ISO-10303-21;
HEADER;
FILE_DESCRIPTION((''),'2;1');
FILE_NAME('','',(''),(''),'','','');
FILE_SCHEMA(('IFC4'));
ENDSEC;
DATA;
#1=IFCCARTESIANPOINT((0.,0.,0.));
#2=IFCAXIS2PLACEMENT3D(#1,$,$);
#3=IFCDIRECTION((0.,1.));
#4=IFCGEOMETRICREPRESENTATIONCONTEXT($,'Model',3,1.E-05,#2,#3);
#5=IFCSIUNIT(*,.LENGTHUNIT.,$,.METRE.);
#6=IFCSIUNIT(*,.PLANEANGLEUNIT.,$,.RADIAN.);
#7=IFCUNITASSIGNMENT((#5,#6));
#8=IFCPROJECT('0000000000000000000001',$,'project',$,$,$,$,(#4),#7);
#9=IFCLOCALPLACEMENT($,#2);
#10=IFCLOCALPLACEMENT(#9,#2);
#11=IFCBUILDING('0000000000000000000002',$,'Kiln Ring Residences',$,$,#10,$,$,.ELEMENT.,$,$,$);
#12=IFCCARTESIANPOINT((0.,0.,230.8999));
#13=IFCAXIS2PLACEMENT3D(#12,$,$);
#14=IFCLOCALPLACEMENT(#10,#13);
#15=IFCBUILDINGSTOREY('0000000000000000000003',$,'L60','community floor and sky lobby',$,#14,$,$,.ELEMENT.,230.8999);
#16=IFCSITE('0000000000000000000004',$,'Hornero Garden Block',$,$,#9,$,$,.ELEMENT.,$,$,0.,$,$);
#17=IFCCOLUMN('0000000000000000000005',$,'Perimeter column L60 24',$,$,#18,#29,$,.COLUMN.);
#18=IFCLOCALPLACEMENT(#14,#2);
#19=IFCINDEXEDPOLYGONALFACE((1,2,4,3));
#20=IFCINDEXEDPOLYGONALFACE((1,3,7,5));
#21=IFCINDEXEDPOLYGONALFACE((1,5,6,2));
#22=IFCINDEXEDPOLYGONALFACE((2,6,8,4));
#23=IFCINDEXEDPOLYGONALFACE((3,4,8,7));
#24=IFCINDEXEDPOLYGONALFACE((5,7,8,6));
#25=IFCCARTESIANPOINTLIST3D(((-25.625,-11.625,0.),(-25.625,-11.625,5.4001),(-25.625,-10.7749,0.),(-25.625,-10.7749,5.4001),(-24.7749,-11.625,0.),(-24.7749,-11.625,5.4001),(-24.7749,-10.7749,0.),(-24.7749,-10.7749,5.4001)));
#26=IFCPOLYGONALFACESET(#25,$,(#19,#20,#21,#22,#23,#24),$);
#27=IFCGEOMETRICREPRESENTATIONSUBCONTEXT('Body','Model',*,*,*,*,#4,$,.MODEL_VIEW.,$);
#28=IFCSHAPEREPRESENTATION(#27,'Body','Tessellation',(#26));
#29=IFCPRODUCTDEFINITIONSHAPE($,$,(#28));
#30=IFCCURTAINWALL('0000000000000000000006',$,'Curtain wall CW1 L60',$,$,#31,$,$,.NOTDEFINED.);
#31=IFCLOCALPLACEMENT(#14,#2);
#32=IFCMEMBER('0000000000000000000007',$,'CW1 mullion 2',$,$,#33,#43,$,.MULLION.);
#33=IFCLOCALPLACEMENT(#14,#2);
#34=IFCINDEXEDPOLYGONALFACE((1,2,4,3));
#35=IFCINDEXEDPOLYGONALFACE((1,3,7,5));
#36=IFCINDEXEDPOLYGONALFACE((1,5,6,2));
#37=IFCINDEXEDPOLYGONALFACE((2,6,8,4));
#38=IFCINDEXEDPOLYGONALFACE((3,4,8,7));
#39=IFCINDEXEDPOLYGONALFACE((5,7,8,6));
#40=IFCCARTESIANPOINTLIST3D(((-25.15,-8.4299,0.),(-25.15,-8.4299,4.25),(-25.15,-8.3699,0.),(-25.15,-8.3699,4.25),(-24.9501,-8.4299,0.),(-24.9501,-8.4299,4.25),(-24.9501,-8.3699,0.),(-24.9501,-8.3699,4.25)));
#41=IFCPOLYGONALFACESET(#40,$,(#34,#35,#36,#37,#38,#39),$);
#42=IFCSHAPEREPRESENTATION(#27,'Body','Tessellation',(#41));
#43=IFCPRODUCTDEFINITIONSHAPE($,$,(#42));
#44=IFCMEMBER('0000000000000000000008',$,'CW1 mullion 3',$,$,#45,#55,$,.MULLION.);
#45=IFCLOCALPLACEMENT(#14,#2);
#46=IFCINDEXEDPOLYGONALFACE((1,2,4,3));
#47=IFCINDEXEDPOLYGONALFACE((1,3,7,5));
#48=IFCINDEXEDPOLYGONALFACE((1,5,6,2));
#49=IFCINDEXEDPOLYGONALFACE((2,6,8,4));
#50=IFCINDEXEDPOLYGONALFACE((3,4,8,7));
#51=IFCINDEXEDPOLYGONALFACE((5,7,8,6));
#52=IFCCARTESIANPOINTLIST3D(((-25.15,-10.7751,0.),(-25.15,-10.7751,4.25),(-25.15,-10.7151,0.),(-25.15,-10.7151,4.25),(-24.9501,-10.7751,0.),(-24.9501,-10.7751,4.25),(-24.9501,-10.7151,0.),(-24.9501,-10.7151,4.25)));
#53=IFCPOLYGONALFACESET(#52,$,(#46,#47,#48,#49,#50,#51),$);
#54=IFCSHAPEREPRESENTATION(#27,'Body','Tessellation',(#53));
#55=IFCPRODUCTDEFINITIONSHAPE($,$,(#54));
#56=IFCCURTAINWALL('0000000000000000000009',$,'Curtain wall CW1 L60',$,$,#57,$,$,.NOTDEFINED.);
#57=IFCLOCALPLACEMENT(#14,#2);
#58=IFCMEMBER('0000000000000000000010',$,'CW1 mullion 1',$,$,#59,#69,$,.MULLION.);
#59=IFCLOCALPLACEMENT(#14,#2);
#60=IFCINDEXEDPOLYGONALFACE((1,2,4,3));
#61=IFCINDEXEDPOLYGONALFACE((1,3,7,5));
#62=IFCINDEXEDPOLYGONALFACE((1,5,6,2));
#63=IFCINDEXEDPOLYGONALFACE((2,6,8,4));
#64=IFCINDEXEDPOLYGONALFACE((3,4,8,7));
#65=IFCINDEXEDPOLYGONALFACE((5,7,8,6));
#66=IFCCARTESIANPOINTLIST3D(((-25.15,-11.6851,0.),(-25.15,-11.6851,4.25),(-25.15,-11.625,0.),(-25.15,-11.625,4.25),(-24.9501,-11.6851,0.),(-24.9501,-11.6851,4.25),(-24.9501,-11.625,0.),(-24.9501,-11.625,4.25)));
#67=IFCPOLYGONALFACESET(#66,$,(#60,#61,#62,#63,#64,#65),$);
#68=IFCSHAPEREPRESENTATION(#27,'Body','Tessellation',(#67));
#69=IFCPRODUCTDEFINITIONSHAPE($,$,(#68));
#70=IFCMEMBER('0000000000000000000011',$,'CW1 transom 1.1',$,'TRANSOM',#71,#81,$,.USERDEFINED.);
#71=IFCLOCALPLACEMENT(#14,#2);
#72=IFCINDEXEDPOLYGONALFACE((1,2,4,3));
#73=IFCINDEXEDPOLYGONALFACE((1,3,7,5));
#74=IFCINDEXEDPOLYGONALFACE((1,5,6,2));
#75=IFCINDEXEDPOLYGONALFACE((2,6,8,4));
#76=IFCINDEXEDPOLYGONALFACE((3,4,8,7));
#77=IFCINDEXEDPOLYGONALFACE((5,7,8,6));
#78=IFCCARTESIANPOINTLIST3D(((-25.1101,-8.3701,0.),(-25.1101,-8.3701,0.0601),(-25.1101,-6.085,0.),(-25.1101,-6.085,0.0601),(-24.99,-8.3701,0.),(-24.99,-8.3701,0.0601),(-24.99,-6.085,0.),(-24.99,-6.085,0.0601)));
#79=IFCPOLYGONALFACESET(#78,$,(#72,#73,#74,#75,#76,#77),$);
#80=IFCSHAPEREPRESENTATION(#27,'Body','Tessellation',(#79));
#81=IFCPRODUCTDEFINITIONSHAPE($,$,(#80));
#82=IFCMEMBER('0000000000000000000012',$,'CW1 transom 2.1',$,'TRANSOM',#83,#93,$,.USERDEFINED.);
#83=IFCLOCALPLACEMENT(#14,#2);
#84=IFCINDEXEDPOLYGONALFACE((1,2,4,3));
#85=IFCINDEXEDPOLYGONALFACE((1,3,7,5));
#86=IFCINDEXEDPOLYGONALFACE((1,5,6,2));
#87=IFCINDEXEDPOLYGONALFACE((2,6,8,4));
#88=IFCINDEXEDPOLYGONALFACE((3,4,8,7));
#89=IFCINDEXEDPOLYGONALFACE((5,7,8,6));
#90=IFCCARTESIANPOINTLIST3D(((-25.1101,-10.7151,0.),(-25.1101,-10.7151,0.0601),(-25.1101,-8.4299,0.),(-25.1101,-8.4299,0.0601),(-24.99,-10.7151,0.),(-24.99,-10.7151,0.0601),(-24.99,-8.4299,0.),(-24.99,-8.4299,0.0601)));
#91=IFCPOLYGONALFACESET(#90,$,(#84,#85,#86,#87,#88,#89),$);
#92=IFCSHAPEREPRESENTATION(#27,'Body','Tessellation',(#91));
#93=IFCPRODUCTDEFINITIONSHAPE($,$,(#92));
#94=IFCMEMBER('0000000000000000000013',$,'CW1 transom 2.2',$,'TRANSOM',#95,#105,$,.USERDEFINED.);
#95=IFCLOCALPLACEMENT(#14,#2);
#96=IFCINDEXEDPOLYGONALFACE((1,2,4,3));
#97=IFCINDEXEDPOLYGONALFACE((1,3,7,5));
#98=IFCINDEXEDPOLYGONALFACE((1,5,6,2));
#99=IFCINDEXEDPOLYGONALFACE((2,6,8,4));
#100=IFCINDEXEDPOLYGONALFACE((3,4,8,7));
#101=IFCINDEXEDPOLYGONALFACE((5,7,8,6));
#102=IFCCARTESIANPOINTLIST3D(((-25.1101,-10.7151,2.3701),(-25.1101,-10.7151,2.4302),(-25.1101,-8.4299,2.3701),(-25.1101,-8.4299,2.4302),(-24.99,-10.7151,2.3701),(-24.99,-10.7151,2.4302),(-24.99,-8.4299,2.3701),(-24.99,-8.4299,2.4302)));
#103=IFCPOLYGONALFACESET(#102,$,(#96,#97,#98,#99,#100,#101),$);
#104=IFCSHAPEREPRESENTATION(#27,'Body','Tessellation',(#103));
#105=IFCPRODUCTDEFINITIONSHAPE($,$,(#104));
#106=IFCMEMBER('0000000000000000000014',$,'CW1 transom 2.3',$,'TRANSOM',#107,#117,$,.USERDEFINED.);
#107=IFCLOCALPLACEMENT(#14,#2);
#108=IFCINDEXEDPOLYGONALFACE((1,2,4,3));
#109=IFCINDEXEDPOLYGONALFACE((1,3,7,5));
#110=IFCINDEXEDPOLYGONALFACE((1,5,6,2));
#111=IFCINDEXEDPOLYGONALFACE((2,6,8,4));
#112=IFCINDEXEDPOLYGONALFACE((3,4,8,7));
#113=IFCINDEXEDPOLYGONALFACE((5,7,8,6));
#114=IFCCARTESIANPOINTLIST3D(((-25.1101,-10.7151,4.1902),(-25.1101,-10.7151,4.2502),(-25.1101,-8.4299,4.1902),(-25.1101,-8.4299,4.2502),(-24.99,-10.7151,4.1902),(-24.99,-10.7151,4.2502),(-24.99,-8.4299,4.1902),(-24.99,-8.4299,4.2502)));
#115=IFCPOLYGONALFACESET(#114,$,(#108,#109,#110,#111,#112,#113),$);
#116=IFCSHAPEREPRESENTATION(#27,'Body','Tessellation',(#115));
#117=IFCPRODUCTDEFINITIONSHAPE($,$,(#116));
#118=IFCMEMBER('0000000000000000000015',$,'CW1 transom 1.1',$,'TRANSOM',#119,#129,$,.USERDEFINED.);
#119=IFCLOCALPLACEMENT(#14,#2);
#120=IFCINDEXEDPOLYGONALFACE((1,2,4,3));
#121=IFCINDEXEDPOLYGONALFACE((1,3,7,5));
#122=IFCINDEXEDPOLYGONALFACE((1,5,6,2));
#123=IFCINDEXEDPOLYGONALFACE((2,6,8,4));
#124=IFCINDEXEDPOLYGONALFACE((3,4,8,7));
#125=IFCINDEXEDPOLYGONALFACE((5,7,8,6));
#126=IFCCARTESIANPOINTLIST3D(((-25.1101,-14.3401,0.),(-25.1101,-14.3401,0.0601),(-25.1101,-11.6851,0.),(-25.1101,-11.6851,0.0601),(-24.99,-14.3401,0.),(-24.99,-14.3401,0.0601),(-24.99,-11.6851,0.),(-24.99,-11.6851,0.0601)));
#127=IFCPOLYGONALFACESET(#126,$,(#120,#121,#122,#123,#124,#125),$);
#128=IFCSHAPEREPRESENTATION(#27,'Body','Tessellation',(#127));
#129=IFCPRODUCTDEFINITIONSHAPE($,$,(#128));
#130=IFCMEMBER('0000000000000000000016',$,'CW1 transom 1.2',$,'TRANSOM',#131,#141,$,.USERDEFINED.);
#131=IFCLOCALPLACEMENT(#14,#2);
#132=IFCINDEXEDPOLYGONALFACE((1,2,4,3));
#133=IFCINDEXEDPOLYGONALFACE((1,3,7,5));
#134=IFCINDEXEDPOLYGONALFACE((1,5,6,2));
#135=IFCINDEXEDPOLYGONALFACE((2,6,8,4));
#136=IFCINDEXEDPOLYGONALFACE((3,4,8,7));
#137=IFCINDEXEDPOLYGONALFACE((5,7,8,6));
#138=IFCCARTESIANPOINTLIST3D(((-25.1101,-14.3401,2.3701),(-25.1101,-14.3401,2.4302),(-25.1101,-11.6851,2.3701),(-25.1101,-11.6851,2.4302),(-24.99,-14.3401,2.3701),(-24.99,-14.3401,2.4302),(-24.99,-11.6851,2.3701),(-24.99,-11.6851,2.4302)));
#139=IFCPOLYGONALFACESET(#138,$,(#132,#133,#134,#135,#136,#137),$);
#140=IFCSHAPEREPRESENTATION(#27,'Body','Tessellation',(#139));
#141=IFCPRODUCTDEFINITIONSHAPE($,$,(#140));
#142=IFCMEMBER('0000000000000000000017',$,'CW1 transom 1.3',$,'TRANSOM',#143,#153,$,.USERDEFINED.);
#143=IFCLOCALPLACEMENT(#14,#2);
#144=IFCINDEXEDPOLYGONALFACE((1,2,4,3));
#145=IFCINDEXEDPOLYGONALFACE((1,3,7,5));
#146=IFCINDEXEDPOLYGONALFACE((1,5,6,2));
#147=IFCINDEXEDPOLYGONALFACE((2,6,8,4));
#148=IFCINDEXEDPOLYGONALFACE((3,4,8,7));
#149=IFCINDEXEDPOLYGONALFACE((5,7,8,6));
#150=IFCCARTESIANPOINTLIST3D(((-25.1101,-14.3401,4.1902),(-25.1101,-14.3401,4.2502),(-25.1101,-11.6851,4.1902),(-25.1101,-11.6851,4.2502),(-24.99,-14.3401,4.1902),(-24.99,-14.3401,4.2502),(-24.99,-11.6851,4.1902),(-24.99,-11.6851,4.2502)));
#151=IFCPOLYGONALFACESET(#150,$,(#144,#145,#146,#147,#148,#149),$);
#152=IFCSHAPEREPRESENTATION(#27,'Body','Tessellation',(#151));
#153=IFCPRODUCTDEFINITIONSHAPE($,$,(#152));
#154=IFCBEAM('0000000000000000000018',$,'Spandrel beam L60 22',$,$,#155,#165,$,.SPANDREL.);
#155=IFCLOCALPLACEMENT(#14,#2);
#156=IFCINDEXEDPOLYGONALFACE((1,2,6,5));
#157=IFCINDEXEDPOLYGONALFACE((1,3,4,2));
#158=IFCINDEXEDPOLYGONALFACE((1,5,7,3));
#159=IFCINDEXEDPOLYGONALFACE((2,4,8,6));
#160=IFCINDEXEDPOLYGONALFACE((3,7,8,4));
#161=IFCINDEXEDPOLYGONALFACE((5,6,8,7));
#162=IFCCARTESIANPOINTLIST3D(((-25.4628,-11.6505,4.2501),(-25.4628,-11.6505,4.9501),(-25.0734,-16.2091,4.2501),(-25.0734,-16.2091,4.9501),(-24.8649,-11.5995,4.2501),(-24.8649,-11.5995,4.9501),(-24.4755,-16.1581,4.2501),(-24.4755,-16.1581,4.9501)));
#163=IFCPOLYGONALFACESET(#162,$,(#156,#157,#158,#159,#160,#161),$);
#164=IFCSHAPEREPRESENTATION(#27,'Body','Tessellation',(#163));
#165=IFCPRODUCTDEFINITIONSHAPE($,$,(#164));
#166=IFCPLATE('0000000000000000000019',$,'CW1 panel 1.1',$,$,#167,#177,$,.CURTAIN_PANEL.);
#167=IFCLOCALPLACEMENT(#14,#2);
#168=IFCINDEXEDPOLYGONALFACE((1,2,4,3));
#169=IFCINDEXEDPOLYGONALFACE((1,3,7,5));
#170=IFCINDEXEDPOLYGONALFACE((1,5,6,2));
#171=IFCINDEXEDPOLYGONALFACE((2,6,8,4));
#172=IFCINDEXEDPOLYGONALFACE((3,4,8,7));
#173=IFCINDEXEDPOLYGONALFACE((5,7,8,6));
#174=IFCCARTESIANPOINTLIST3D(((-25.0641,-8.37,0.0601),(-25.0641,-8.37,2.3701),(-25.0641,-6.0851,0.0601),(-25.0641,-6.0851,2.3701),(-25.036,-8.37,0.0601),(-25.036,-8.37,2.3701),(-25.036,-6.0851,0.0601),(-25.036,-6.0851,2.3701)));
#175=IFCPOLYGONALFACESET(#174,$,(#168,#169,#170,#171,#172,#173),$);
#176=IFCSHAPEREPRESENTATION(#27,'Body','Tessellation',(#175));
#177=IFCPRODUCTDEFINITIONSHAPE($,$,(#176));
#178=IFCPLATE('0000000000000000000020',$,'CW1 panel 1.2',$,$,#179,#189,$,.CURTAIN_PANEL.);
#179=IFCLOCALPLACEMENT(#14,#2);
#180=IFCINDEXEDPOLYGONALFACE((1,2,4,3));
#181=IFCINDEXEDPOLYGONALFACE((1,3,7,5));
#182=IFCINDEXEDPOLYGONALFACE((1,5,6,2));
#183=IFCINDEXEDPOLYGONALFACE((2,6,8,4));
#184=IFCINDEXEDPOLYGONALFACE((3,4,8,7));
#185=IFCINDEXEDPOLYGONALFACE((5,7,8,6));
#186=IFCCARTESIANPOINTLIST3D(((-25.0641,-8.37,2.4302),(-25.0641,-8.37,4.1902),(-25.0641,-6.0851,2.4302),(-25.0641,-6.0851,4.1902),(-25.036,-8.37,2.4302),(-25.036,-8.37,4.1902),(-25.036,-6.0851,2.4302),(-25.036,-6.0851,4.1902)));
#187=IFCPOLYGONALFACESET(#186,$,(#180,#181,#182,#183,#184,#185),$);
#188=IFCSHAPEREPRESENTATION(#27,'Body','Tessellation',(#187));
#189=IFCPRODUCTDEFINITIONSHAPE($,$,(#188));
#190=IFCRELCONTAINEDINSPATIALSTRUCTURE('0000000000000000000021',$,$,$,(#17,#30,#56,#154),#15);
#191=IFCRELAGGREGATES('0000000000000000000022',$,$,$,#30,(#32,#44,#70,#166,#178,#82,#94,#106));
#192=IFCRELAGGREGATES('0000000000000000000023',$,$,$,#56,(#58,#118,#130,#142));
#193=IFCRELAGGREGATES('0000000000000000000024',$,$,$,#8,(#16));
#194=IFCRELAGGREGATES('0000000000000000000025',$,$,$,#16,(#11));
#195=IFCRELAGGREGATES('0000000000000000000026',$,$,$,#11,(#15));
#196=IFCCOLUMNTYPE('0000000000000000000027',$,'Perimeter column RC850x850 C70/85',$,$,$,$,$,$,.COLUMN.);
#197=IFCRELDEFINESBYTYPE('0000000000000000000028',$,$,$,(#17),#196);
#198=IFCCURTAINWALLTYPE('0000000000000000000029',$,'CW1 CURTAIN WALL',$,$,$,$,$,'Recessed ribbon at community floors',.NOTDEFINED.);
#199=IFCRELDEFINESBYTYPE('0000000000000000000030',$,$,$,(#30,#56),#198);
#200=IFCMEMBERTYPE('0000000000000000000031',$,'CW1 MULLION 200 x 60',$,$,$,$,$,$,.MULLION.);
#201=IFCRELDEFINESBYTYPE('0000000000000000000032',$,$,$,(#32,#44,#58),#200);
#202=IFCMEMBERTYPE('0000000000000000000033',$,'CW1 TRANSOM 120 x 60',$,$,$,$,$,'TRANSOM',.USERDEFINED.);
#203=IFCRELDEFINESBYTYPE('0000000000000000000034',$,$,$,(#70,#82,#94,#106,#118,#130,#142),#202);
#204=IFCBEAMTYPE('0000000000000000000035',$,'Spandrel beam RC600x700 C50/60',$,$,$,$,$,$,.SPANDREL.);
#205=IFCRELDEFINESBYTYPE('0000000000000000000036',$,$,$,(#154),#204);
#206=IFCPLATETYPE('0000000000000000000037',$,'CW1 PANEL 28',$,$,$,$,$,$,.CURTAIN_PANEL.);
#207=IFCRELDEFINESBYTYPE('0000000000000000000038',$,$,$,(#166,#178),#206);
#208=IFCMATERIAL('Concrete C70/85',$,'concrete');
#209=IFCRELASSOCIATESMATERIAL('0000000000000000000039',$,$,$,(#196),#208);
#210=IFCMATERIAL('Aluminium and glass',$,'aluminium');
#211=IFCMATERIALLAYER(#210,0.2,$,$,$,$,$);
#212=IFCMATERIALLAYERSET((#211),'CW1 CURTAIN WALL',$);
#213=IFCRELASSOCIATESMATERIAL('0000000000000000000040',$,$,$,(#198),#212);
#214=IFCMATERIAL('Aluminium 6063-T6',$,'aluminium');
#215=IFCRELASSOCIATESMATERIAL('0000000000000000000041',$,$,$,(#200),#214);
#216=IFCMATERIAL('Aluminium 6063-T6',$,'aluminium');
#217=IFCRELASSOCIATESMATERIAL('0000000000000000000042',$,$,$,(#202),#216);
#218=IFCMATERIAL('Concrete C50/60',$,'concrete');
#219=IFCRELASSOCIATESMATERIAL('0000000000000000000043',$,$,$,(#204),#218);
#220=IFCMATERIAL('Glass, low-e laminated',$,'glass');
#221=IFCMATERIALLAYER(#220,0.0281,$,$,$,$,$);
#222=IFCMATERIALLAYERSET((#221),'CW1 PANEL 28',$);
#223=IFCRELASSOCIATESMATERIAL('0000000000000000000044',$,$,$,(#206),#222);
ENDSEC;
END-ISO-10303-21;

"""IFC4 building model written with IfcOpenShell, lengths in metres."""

from ifc_helpers import new_model, si_unit, direction, frame, origin, origin_2d, place, context, subcontext, project, spatial, rectangle, extrude, material, layer, layer_set, material_profile, profile_set, type_object, element, aggregate, save


model = new_model("IFC4")

# Units and contexts
model_context = context("Model", 3, precision=1e-05, world=origin(), true_north=direction((0.0, 1.0)))
body_context = subcontext(model_context, "Body", "Model", "MODEL_VIEW")
ifc_project = project(units=[si_unit("LENGTHUNIT", "METRE"), si_unit("PLANEANGLEUNIT", "RADIAN")], contexts=[model_context])

# Site, building, storey
site_placement = place(None, origin())
site = spatial("IfcSite", under=ifc_project, at=site_placement, Name="Hornero Garden Block", CompositionType="ELEMENT", RefElevation=0.0)
building_placement = place(site_placement, origin())
building = spatial("IfcBuilding", under=site, at=building_placement, Name="Kiln Ring Residences", CompositionType="ELEMENT")
storey_placement = place(building_placement, frame((0.0, 0.0, 230.8999)))
storey = spatial("IfcBuildingStorey", under=building, at=storey_placement, Name="L60", Description="community floor and sky lobby", CompositionType="ELEMENT", Elevation=230.8999)

# Column
ifc_material_1 = material(Name="Concrete C70/85", Category="concrete")
ifc_material_profile_1 = material_profile(ifc_material_1, rectangle(XDim=0.8501, YDim=0.8501, at=origin_2d()), Name="RC850x850")
ifc_profile_set_1 = profile_set([ifc_material_profile_1], Name="Concrete C70/85")
column_type = type_object("IfcColumnType", Name="Perimeter column RC850x850 C70/85", PredefinedType="COLUMN", material=ifc_profile_set_1)
column_placement = place(storey_placement, frame((-25.2, -11.2, 0.0), z_axis=(0.0, 0.0, 1.0), x_axis=(1.0, 0.0, 0.0)))
element("IfcColumn", 1, at=column_placement, inside=storey, type_object=column_type, Name="Perimeter column L60 24", PredefinedType="COLUMN", context=body_context, shape_type="SweptSolid", body=[
    extrude(rectangle(XDim=0.8501, YDim=0.8501, at=origin_2d()), origin(), (0.0, 0.0, 1.0), 5.4001),
])

# Curtain wall, members
ifc_material_2 = material(Name="Aluminium and glass", Category="aluminium")
ifc_layer_1 = layer(ifc_material_2, 0.2)
ifc_layer_set_1 = layer_set([ifc_layer_1], Name="CW1 CURTAIN WALL")
curtain_wall_type = type_object("IfcCurtainWallType", Name="CW1 CURTAIN WALL", ElementType="Recessed ribbon at community floors", PredefinedType="NOTDEFINED", material=ifc_layer_set_1)
placement = place(storey_placement, origin())
curtain_wall_1 = element("IfcCurtainWall", 2, at=placement, inside=storey, type_object=curtain_wall_type, Name="Curtain wall CW1 L60", PredefinedType="NOTDEFINED")
ifc_material_3 = material(Name="Aluminium 6063-T6", Category="aluminium")
ifc_material_profile_2 = material_profile(ifc_material_3, rectangle(XDim=0.2, YDim=0.0601, at=origin_2d()), Name="AL 200x60")
ifc_profile_set_2 = profile_set([ifc_material_profile_2], Name="Aluminium 6063-T6")
member_type_1 = type_object("IfcMemberType", Name="CW1 MULLION 200 x 60", PredefinedType="MULLION", material=ifc_profile_set_2)
member_1_placement = place(storey_placement, frame((-25.05, -8.3999, 0.0), z_axis=(0.0, 0.0, 1.0), x_axis=(1.0, 0.0, 0.0)))
member_1 = element("IfcMember", 3, at=member_1_placement, type_object=member_type_1, Name="CW1 mullion 2", PredefinedType="MULLION", context=body_context, shape_type="SweptSolid", body=[
    extrude(rectangle(XDim=0.2, YDim=0.0601, at=origin_2d()), origin(), (0.0, 0.0, 1.0), 4.25),
])
member_2_placement = place(storey_placement, frame((-25.05, -10.7451, 0.0), z_axis=(0.0, 0.0, 1.0), x_axis=(1.0, 0.0, 0.0)))
member_2 = element("IfcMember", 4, at=member_2_placement, type_object=member_type_1, Name="CW1 mullion 3", PredefinedType="MULLION", context=body_context, shape_type="SweptSolid", body=[
    extrude(rectangle(XDim=0.2, YDim=0.0601, at=origin_2d()), origin(), (0.0, 0.0, 1.0), 4.25),
])

# Curtain wall, member
curtain_wall_2 = element("IfcCurtainWall", 5, at=placement, inside=storey, type_object=curtain_wall_type, Name="Curtain wall CW1 L60", PredefinedType="NOTDEFINED")
member_3_placement = place(storey_placement, frame((-25.05, -11.655, 0.0), z_axis=(0.0, 0.0, 1.0), x_axis=(1.0, 0.0, 0.0)))
member_3 = element("IfcMember", 6, at=member_3_placement, type_object=member_type_1, Name="CW1 mullion 1", PredefinedType="MULLION", context=body_context, shape_type="SweptSolid", body=[
    extrude(rectangle(XDim=0.2, YDim=0.0601, at=origin_2d()), origin(), (0.0, 0.0, 1.0), 4.25),
])

# Members
ifc_material_4 = material(Name="Aluminium 6063-T6", Category="aluminium")
ifc_material_profile_3 = material_profile(ifc_material_4, rectangle(XDim=0.1201, YDim=0.0601, at=origin_2d()), Name="AL 120x60")
ifc_profile_set_3 = profile_set([ifc_material_profile_3], Name="Aluminium 6063-T6")
member_type_2 = type_object("IfcMemberType", Name="CW1 TRANSOM 120 x 60", ElementType="TRANSOM", PredefinedType="USERDEFINED", material=ifc_profile_set_3)
member_4_placement = place(storey_placement, frame((-25.05, -6.085, 0.03), z_axis=(0.0, -1.0, 0.0), x_axis=(1.0, 0.0, 0.0)))
member_4 = element("IfcMember", 7, at=member_4_placement, type_object=member_type_2, Name="CW1 transom 1.1", ObjectType="TRANSOM", PredefinedType="USERDEFINED", context=body_context, shape_type="SweptSolid", body=[
    extrude(rectangle(XDim=0.1201, YDim=0.0601, at=origin_2d()), origin(), (0.0, 0.0, 1.0), 2.2852),
])
member_5_placement = place(storey_placement, frame((-25.05, -8.4299, 0.03), z_axis=(0.0, -1.0, 0.0), x_axis=(1.0, 0.0, 0.0)))
member_5 = element("IfcMember", 8, at=member_5_placement, type_object=member_type_2, Name="CW1 transom 2.1", ObjectType="TRANSOM", PredefinedType="USERDEFINED", context=body_context, shape_type="SweptSolid", body=[
    extrude(rectangle(XDim=0.1201, YDim=0.0601, at=origin_2d()), origin(), (0.0, 0.0, 1.0), 2.2852),
])
member_6_placement = place(storey_placement, frame((-25.05, -8.4299, 2.4001), z_axis=(0.0, -1.0, 0.0), x_axis=(1.0, 0.0, 0.0)))
member_6 = element("IfcMember", 9, at=member_6_placement, type_object=member_type_2, Name="CW1 transom 2.2", ObjectType="TRANSOM", PredefinedType="USERDEFINED", context=body_context, shape_type="SweptSolid", body=[
    extrude(rectangle(XDim=0.1201, YDim=0.0601, at=origin_2d()), origin(), (0.0, 0.0, 1.0), 2.2852),
])
member_7_placement = place(storey_placement, frame((-25.05, -8.4299, 4.2202), z_axis=(0.0, -1.0, 0.0), x_axis=(1.0, 0.0, 0.0)))
member_7 = element("IfcMember", 10, at=member_7_placement, type_object=member_type_2, Name="CW1 transom 2.3", ObjectType="TRANSOM", PredefinedType="USERDEFINED", context=body_context, shape_type="SweptSolid", body=[
    extrude(rectangle(XDim=0.1201, YDim=0.0601, at=origin_2d()), origin(), (0.0, 0.0, 1.0), 2.2852),
])
member_8_placement = place(storey_placement, frame((-25.05, -11.6851, 0.03), z_axis=(0.0, -1.0, 0.0), x_axis=(1.0, 0.0, 0.0)))
member_8 = element("IfcMember", 11, at=member_8_placement, type_object=member_type_2, Name="CW1 transom 1.1", ObjectType="TRANSOM", PredefinedType="USERDEFINED", context=body_context, shape_type="SweptSolid", body=[
    extrude(rectangle(XDim=0.1201, YDim=0.0601, at=origin_2d()), origin(), (0.0, 0.0, 1.0), 2.655),
])
member_9_placement = place(storey_placement, frame((-25.05, -11.6851, 2.4001), z_axis=(0.0, -1.0, 0.0), x_axis=(1.0, 0.0, 0.0)))
member_9 = element("IfcMember", 12, at=member_9_placement, type_object=member_type_2, Name="CW1 transom 1.2", ObjectType="TRANSOM", PredefinedType="USERDEFINED", context=body_context, shape_type="SweptSolid", body=[
    extrude(rectangle(XDim=0.1201, YDim=0.0601, at=origin_2d()), origin(), (0.0, 0.0, 1.0), 2.655),
])
member_10_placement = place(storey_placement, frame((-25.05, -11.6851, 4.2202), z_axis=(0.0, -1.0, 0.0), x_axis=(1.0, 0.0, 0.0)))
member_10 = element("IfcMember", 13, at=member_10_placement, type_object=member_type_2, Name="CW1 transom 1.3", ObjectType="TRANSOM", PredefinedType="USERDEFINED", context=body_context, shape_type="SweptSolid", body=[
    extrude(rectangle(XDim=0.1201, YDim=0.0601, at=origin_2d()), origin(), (0.0, 0.0, 1.0), 2.655),
])

# Beam
ifc_material_5 = material(Name="Concrete C50/60", Category="concrete")
ifc_material_profile_4 = material_profile(ifc_material_5, rectangle(XDim=0.6001, YDim=0.7, at=origin_2d()), Name="RC600x700")
ifc_profile_set_4 = profile_set([ifc_material_profile_4], Name="Concrete C50/60")
beam_type = type_object("IfcBeamType", Name="Spandrel beam RC600x700 C50/60", PredefinedType="SPANDREL", material=ifc_profile_set_4)
beam_placement = place(storey_placement, frame((-25.1638, -11.625, 4.6001), z_axis=(0.085112, -0.996371, 0.0), x_axis=(0.996371, 0.085112, 0.0)))
element("IfcBeam", 14, at=beam_placement, inside=storey, type_object=beam_type, Name="Spandrel beam L60 22", PredefinedType="SPANDREL", context=body_context, shape_type="SweptSolid", body=[
    extrude(rectangle(XDim=0.6001, YDim=0.7, at=origin_2d()), origin(), (0.0, 0.0, 1.0), 4.5752),
])

# Plates
ifc_material_6 = material(Name="Glass, low-e laminated", Category="glass")
ifc_layer_2 = layer(ifc_material_6, 0.0281)
ifc_layer_set_2 = layer_set([ifc_layer_2], Name="CW1 PANEL 28")
plate_type = type_object("IfcPlateType", Name="CW1 PANEL 28", PredefinedType="CURTAIN_PANEL", material=ifc_layer_set_2)
plate_1_placement = place(storey_placement, frame((-25.05, -7.2275, 0.0601), z_axis=(0.0, 0.0, 1.0), x_axis=(0.0, -1.0, 0.0)))
plate_1 = element("IfcPlate", 15, at=plate_1_placement, type_object=plate_type, Name="CW1 panel 1.1", PredefinedType="CURTAIN_PANEL", context=body_context, shape_type="SweptSolid", body=[
    extrude(rectangle(XDim=2.2849, YDim=0.0281, at=origin_2d()), origin(), (0.0, 0.0, 1.0), 2.3101),
])
plate_2_placement = place(storey_placement, frame((-25.05, -7.2275, 2.4302), z_axis=(0.0, 0.0, 1.0), x_axis=(0.0, -1.0, 0.0)))
plate_2 = element("IfcPlate", 16, at=plate_2_placement, type_object=plate_type, Name="CW1 panel 1.2", PredefinedType="CURTAIN_PANEL", context=body_context, shape_type="SweptSolid", body=[
    extrude(rectangle(XDim=2.2849, YDim=0.0281, at=origin_2d()), origin(), (0.0, 0.0, 1.0), 1.76),
])
aggregate(curtain_wall_1, [member_1, member_2, member_4, plate_1, plate_2, member_5, member_6, member_7])
aggregate(curtain_wall_2, [member_3, member_8, member_9, member_10])

save(model, "model.ifc")
